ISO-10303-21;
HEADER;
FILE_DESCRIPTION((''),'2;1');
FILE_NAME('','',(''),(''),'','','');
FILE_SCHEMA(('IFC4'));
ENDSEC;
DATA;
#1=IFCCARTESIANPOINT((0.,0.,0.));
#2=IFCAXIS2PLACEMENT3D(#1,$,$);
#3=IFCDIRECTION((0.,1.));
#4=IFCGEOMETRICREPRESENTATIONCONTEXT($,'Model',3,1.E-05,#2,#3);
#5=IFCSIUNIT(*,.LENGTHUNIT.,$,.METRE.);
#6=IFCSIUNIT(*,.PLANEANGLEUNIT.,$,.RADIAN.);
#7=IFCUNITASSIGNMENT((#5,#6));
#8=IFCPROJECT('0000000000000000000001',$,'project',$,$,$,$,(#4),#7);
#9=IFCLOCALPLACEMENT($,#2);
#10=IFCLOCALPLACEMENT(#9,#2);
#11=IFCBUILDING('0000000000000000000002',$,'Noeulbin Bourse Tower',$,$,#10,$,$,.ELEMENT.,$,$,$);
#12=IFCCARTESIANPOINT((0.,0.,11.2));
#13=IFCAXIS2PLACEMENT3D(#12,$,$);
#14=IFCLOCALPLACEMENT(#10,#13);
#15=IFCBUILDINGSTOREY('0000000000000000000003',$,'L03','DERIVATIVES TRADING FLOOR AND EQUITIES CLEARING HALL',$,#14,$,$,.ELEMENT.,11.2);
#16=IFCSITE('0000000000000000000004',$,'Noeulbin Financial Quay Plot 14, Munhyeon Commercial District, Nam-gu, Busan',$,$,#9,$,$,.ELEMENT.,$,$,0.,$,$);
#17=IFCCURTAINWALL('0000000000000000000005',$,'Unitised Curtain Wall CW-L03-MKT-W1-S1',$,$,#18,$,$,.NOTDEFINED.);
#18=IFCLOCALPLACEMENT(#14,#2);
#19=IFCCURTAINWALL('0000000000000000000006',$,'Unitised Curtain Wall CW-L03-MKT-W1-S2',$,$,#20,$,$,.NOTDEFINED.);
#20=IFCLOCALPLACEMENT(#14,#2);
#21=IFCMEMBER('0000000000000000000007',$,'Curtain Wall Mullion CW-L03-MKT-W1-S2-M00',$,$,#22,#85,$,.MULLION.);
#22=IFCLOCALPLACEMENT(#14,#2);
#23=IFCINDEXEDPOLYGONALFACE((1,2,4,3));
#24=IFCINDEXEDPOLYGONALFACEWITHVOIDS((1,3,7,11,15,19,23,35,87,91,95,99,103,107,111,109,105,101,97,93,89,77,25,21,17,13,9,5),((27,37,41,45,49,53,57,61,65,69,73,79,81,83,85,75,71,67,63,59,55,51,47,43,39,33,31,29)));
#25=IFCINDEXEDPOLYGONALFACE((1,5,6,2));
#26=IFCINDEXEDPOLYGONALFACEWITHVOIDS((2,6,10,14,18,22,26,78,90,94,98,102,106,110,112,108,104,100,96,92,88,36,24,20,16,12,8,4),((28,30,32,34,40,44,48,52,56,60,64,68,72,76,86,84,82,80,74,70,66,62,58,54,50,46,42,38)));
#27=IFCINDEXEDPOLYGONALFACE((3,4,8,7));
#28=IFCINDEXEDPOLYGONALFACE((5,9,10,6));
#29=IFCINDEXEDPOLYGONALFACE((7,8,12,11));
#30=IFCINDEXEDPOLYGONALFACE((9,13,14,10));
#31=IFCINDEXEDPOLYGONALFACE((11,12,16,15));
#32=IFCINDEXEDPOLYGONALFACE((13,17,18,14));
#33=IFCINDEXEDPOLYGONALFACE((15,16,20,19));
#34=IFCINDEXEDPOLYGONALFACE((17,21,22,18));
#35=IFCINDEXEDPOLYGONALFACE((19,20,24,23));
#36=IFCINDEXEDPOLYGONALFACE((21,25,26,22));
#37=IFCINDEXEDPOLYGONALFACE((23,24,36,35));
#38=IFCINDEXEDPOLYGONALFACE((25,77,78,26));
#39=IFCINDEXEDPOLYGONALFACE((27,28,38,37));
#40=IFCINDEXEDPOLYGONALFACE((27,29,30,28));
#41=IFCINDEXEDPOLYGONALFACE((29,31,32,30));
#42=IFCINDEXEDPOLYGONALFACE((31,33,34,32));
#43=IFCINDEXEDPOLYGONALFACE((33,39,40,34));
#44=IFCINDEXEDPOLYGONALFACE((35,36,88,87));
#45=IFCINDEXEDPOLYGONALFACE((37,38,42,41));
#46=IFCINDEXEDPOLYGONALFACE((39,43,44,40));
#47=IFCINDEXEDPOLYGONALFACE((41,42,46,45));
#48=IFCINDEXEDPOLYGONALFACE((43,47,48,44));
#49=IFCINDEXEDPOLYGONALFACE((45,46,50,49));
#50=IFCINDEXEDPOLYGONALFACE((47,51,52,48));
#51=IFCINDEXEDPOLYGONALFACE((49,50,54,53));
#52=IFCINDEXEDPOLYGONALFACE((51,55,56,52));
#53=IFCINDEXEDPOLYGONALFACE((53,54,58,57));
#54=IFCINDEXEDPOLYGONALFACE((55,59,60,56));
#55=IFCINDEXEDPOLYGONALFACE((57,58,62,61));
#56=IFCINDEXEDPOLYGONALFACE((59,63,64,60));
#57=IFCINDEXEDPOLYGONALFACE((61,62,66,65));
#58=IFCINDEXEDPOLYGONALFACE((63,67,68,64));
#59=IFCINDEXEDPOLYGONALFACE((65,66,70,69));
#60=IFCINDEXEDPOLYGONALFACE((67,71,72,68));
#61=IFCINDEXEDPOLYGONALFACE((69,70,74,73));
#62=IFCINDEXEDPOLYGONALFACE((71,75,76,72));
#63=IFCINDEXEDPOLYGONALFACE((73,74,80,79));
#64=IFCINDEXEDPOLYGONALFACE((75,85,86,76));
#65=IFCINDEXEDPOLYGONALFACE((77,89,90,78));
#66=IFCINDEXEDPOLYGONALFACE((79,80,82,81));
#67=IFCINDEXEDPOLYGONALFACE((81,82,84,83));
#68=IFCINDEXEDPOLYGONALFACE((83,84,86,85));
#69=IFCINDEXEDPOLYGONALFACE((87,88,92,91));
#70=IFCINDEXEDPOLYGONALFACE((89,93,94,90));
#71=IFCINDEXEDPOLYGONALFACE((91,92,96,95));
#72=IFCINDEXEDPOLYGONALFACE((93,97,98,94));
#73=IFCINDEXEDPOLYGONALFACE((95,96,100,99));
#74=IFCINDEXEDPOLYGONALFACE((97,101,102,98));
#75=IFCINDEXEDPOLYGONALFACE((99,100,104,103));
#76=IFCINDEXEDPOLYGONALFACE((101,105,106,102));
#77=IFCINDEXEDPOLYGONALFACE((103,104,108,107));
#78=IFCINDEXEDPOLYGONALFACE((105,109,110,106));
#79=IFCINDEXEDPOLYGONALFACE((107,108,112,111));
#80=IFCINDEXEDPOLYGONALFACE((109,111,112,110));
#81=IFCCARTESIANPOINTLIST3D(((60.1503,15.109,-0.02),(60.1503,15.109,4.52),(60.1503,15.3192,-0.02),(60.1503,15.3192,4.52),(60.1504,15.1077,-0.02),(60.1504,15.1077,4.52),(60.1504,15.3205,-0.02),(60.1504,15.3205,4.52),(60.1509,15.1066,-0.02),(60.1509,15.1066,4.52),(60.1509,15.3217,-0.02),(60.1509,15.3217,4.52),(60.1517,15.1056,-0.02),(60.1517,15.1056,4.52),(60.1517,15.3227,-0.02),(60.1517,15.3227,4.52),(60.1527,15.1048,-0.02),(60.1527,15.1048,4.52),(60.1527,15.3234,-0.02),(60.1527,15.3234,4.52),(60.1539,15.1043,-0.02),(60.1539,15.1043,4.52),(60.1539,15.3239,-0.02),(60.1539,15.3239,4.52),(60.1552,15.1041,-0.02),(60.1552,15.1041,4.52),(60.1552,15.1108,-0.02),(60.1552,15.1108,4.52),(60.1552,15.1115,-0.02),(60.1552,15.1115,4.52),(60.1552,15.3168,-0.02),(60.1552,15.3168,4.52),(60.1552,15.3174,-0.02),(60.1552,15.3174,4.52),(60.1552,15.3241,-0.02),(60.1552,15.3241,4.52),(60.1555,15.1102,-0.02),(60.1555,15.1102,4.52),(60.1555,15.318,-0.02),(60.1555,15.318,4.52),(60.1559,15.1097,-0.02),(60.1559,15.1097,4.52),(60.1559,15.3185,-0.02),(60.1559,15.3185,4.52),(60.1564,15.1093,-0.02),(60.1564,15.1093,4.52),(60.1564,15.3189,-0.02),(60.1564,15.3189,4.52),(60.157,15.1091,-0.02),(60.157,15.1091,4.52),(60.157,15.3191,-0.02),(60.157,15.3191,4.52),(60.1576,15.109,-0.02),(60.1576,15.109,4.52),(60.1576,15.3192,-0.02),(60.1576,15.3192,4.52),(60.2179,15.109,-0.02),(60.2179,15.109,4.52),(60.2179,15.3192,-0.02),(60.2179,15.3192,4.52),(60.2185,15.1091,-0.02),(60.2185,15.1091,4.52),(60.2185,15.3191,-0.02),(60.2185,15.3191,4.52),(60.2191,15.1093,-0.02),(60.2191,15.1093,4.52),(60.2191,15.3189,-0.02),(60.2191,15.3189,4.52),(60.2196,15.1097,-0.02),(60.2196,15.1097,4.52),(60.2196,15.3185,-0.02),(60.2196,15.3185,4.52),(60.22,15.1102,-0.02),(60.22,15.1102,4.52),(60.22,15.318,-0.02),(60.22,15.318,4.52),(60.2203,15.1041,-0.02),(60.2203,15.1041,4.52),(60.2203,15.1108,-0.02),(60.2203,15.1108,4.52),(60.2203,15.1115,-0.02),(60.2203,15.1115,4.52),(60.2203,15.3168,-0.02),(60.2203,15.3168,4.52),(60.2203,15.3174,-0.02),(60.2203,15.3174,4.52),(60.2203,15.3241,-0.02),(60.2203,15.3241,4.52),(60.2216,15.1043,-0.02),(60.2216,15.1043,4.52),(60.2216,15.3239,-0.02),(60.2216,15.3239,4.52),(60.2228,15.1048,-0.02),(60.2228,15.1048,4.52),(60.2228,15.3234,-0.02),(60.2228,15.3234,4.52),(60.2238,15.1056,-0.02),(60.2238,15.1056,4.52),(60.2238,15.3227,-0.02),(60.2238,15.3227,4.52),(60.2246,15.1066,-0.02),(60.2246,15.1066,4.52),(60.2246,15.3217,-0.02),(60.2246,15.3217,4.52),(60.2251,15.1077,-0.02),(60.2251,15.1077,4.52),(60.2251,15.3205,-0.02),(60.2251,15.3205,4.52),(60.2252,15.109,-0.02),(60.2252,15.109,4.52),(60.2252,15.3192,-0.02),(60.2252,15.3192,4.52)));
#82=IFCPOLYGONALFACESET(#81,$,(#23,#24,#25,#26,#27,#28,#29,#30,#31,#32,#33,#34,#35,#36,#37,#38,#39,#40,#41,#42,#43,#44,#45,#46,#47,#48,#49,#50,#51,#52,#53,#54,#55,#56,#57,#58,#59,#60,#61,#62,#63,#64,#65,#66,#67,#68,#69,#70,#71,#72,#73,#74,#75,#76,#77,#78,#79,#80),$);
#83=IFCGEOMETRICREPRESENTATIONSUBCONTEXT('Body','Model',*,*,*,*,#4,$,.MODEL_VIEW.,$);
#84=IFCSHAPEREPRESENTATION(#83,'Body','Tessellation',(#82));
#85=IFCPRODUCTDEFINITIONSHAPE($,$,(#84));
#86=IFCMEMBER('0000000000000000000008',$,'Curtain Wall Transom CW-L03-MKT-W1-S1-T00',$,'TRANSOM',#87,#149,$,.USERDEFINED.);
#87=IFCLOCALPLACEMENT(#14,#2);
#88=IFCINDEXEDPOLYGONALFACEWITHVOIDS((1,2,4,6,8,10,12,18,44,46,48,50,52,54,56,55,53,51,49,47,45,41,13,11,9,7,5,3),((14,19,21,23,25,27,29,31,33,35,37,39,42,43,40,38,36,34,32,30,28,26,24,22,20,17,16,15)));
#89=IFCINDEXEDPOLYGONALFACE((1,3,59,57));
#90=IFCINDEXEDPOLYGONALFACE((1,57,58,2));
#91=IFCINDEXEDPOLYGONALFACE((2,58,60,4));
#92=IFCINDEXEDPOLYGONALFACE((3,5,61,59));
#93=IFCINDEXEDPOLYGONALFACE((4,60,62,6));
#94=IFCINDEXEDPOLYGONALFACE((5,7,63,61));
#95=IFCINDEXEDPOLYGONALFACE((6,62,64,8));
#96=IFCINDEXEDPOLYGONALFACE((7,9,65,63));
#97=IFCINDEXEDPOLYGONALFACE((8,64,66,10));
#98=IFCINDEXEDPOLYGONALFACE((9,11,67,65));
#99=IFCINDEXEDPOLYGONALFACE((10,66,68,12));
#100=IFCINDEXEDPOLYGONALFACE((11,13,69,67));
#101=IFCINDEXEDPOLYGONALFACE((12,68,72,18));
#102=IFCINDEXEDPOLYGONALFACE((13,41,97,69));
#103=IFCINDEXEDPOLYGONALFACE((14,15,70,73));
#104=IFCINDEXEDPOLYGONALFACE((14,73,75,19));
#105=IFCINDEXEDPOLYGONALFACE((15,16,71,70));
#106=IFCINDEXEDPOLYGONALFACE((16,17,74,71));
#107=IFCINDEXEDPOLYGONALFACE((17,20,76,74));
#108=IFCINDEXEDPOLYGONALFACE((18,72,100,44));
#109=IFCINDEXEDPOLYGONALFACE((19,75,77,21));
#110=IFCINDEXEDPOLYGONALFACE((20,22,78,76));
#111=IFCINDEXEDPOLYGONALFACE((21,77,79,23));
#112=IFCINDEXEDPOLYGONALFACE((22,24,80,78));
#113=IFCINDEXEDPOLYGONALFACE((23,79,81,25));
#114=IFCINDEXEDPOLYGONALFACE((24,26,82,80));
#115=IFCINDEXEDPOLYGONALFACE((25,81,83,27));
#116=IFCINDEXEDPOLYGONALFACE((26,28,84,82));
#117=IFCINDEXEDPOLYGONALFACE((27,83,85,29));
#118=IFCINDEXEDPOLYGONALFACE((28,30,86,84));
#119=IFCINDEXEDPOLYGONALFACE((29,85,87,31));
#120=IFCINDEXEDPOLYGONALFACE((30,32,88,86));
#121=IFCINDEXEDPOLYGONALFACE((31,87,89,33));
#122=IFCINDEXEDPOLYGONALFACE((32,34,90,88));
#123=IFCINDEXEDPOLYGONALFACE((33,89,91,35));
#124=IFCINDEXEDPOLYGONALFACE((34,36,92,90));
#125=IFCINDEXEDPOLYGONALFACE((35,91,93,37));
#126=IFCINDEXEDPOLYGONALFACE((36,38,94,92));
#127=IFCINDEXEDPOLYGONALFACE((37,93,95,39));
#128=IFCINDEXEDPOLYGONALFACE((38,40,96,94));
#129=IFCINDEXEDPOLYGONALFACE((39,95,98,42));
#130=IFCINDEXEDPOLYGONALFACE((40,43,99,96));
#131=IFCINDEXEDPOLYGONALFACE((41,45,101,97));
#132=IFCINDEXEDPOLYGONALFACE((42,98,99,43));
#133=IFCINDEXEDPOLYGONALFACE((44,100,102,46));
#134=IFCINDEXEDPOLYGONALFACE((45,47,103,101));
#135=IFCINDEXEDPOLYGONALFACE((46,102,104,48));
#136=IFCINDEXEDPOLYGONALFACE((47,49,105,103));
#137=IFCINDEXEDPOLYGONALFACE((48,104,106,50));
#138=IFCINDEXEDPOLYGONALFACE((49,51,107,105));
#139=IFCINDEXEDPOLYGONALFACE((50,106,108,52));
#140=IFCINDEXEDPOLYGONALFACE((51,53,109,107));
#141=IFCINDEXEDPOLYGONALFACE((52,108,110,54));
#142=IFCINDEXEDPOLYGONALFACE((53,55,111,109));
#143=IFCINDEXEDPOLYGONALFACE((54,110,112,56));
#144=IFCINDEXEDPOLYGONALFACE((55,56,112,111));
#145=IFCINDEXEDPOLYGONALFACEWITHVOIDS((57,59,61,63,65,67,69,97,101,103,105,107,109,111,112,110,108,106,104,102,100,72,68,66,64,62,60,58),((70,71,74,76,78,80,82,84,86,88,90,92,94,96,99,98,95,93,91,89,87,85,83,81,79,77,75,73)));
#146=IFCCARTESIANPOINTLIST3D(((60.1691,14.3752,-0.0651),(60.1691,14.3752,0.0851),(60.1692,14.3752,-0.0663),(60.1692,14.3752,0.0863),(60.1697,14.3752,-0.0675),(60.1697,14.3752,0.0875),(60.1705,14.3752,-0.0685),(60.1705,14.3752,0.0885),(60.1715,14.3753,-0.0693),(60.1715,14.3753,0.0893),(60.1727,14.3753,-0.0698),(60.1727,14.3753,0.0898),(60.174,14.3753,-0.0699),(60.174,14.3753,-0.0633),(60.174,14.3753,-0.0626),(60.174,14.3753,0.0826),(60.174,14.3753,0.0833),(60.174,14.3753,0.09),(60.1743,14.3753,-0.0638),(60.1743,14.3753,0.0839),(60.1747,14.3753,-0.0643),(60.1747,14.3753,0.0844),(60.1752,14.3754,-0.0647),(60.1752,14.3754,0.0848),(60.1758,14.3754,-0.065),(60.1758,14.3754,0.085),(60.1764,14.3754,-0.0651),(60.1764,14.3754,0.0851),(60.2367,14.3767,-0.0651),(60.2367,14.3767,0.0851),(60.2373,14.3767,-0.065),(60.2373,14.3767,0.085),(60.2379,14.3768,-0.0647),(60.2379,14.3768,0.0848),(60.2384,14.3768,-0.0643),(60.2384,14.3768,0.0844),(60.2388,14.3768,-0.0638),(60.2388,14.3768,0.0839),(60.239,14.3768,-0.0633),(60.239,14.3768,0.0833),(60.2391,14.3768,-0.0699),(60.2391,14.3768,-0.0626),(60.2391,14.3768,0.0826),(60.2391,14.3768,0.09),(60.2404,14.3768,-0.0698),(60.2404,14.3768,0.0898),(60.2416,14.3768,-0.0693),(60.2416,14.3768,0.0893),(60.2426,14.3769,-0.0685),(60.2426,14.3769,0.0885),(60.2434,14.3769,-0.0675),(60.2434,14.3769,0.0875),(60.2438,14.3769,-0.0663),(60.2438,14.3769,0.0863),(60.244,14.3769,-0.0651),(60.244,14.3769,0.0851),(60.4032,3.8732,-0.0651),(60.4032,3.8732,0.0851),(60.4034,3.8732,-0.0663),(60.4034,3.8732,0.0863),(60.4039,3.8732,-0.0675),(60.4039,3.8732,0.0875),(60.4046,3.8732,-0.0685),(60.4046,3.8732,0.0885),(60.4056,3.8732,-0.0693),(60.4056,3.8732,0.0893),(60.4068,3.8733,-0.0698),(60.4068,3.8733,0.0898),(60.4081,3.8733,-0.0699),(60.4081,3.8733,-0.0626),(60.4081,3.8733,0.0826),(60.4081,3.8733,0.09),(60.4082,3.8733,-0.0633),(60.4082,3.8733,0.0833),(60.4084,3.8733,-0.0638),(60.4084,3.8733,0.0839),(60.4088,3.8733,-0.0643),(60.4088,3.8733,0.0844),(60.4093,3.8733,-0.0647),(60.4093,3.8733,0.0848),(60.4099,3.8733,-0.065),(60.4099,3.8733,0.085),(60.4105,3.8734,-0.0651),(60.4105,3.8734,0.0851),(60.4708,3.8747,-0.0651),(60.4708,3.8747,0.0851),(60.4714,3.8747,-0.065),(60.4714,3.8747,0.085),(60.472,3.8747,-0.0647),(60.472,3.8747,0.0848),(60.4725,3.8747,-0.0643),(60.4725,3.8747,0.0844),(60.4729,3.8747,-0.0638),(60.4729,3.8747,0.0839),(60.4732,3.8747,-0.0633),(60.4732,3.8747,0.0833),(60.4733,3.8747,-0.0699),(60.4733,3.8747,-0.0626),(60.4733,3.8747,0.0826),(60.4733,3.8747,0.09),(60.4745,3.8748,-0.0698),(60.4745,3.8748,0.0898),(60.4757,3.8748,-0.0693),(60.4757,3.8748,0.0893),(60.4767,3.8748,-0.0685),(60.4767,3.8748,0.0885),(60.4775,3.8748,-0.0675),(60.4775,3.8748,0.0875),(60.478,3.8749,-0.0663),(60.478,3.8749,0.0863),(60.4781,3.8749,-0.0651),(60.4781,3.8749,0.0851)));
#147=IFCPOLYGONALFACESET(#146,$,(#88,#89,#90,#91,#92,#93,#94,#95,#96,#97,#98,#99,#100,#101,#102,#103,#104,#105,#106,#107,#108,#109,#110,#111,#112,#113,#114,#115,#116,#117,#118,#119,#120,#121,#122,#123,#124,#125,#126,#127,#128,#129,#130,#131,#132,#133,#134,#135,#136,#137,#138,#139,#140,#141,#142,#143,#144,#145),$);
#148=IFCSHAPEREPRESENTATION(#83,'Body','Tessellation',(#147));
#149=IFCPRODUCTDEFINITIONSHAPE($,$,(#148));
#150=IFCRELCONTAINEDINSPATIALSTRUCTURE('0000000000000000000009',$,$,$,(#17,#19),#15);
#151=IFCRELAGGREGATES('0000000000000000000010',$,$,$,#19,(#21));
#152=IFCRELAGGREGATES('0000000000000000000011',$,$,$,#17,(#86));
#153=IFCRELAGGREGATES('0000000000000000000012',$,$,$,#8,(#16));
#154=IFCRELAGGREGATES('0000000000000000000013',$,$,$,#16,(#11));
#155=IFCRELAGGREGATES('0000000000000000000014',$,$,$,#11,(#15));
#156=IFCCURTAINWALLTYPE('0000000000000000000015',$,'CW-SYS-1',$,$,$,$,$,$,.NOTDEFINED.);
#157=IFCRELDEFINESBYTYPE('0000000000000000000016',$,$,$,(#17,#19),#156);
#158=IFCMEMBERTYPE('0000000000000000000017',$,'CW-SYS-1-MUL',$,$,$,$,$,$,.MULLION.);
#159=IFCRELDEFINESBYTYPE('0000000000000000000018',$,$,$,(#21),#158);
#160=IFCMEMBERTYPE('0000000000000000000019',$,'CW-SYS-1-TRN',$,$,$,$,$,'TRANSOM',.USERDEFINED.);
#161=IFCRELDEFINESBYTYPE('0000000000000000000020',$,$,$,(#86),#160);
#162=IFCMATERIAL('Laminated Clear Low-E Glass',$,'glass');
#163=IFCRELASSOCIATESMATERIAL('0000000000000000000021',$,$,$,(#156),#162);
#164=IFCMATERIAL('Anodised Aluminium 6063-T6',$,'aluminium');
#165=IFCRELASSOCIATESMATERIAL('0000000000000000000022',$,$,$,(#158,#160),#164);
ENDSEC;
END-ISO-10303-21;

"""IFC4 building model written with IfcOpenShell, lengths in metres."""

from ifc_helpers import new_model, si_unit, direction, frame, origin, origin_2d, place, context, subcontext, project, spatial, hollow_rectangle, extrude, material, material_profile, profile_set, type_object, element, aggregate, save


model = new_model("IFC4")

# Units and contexts
model_context = context("Model", 3, precision=1e-05, world=origin(), true_north=direction((0.0, 1.0)))
body_context = subcontext(model_context, "Body", "Model", "MODEL_VIEW")
ifc_project = project(units=[si_unit("LENGTHUNIT", "METRE"), si_unit("PLANEANGLEUNIT", "RADIAN")], contexts=[model_context])

# Site, building, storey
site_placement = place(None, origin())
site = spatial("IfcSite", under=ifc_project, at=site_placement, Name="Noeulbin Financial Quay Plot 14, Munhyeon Commercial District, Nam-gu, Busan", CompositionType="ELEMENT", RefElevation=0.0)
building_placement = place(site_placement, origin())
building = spatial("IfcBuilding", under=site, at=building_placement, Name="Noeulbin Bourse Tower", CompositionType="ELEMENT")
storey_placement = place(building_placement, frame((0.0, 0.0, 11.2)))
storey = spatial("IfcBuildingStorey", under=building, at=storey_placement, Name="L03", Description="DERIVATIVES TRADING FLOOR AND EQUITIES CLEARING HALL", CompositionType="ELEMENT", Elevation=11.2)

# Curtain wall
ifc_material_1 = material(Name="Laminated Clear Low-E Glass", Category="glass")
curtain_wall_type = type_object("IfcCurtainWallType", Name="CW-SYS-1", PredefinedType="NOTDEFINED", material=ifc_material_1)
curtain_wall_1_placement = place(storey_placement, origin())
curtain_wall_1 = element("IfcCurtainWall", 1, at=curtain_wall_1_placement, inside=storey, type_object=curtain_wall_type, Name="Unitised Curtain Wall CW-L03-MKT-W1-S1", PredefinedType="NOTDEFINED")
ifc_material_2 = material(Name="Anodised Aluminium 6063-T6", Category="aluminium")
ifc_material_profile_1 = material_profile(ifc_material_2, hollow_rectangle(XDim=0.075, YDim=0.22, WallThickness=0.0049, InnerFilletRadius=0.0024, OuterFilletRadius=0.0049, at=origin_2d()), Name="ALU-MULL-75x220x5", Category="LoadBearing")
ifc_profile_set_1 = profile_set([ifc_material_profile_1], Name="Anodised Aluminium 6063-T6")
member_type_1 = type_object("IfcMemberType", Name="CW-SYS-1-MUL", PredefinedType="MULLION", material=ifc_profile_set_1)

# Curtain wall, member
curtain_wall_2_placement = place(storey_placement, origin())
curtain_wall_2 = element("IfcCurtainWall", 2, at=curtain_wall_2_placement, inside=storey, type_object=curtain_wall_type, Name="Unitised Curtain Wall CW-L03-MKT-W1-S2", PredefinedType="NOTDEFINED")
member_1_placement = place(storey_placement, frame((60.1877, 15.2141, -0.02), z_axis=(0.0, 0.0, 1.0), x_axis=(1.0, 0.0, 0.0)))
member_1 = element("IfcMember", 3, at=member_1_placement, type_object=member_type_1, Name="Curtain Wall Mullion CW-L03-MKT-W1-S2-M00", PredefinedType="MULLION", context=body_context, shape_type="SweptSolid", body=[
    extrude(hollow_rectangle(XDim=0.075, YDim=0.22, WallThickness=0.0049, InnerFilletRadius=0.0024, OuterFilletRadius=0.0049, at=origin_2d()), origin(), (0.0, 0.0, 1.0), 4.54),
])

# Member
ifc_material_profile_2 = material_profile(ifc_material_2, hollow_rectangle(XDim=0.075, YDim=0.1599, WallThickness=0.0049, InnerFilletRadius=0.0024, OuterFilletRadius=0.0049, at=origin_2d()), Name="ALU-TRAN-75x160x5", Category="LoadBearing")
ifc_profile_set_2 = profile_set([ifc_material_profile_2], Name="Anodised Aluminium 6063-T6")
member_type_2 = type_object("IfcMemberType", Name="CW-SYS-1-TRN", ElementType="TRANSOM", PredefinedType="USERDEFINED", material=ifc_profile_set_2)
member_2_placement = place(storey_placement, frame((60.4407, 3.874, 0.01), z_axis=(-0.022288, 0.999752, 0.0), x_axis=(-0.999752, -0.022288, 0.0)))
member_2 = element("IfcMember", 4, at=member_2_placement, type_object=member_type_2, Name="Curtain Wall Transom CW-L03-MKT-W1-S1-T00", ObjectType="TRANSOM", PredefinedType="USERDEFINED", context=body_context, shape_type="SweptSolid", body=[
    extrude(hollow_rectangle(XDim=0.075, YDim=0.1599, WallThickness=0.0049, InnerFilletRadius=0.0024, OuterFilletRadius=0.0049, at=origin_2d()), origin(), (0.0, 0.0, 1.0), 10.5046),
])
aggregate(curtain_wall_2, [member_1])

aggregate(curtain_wall_1, [member_2])

save(model, "model.ifc")
